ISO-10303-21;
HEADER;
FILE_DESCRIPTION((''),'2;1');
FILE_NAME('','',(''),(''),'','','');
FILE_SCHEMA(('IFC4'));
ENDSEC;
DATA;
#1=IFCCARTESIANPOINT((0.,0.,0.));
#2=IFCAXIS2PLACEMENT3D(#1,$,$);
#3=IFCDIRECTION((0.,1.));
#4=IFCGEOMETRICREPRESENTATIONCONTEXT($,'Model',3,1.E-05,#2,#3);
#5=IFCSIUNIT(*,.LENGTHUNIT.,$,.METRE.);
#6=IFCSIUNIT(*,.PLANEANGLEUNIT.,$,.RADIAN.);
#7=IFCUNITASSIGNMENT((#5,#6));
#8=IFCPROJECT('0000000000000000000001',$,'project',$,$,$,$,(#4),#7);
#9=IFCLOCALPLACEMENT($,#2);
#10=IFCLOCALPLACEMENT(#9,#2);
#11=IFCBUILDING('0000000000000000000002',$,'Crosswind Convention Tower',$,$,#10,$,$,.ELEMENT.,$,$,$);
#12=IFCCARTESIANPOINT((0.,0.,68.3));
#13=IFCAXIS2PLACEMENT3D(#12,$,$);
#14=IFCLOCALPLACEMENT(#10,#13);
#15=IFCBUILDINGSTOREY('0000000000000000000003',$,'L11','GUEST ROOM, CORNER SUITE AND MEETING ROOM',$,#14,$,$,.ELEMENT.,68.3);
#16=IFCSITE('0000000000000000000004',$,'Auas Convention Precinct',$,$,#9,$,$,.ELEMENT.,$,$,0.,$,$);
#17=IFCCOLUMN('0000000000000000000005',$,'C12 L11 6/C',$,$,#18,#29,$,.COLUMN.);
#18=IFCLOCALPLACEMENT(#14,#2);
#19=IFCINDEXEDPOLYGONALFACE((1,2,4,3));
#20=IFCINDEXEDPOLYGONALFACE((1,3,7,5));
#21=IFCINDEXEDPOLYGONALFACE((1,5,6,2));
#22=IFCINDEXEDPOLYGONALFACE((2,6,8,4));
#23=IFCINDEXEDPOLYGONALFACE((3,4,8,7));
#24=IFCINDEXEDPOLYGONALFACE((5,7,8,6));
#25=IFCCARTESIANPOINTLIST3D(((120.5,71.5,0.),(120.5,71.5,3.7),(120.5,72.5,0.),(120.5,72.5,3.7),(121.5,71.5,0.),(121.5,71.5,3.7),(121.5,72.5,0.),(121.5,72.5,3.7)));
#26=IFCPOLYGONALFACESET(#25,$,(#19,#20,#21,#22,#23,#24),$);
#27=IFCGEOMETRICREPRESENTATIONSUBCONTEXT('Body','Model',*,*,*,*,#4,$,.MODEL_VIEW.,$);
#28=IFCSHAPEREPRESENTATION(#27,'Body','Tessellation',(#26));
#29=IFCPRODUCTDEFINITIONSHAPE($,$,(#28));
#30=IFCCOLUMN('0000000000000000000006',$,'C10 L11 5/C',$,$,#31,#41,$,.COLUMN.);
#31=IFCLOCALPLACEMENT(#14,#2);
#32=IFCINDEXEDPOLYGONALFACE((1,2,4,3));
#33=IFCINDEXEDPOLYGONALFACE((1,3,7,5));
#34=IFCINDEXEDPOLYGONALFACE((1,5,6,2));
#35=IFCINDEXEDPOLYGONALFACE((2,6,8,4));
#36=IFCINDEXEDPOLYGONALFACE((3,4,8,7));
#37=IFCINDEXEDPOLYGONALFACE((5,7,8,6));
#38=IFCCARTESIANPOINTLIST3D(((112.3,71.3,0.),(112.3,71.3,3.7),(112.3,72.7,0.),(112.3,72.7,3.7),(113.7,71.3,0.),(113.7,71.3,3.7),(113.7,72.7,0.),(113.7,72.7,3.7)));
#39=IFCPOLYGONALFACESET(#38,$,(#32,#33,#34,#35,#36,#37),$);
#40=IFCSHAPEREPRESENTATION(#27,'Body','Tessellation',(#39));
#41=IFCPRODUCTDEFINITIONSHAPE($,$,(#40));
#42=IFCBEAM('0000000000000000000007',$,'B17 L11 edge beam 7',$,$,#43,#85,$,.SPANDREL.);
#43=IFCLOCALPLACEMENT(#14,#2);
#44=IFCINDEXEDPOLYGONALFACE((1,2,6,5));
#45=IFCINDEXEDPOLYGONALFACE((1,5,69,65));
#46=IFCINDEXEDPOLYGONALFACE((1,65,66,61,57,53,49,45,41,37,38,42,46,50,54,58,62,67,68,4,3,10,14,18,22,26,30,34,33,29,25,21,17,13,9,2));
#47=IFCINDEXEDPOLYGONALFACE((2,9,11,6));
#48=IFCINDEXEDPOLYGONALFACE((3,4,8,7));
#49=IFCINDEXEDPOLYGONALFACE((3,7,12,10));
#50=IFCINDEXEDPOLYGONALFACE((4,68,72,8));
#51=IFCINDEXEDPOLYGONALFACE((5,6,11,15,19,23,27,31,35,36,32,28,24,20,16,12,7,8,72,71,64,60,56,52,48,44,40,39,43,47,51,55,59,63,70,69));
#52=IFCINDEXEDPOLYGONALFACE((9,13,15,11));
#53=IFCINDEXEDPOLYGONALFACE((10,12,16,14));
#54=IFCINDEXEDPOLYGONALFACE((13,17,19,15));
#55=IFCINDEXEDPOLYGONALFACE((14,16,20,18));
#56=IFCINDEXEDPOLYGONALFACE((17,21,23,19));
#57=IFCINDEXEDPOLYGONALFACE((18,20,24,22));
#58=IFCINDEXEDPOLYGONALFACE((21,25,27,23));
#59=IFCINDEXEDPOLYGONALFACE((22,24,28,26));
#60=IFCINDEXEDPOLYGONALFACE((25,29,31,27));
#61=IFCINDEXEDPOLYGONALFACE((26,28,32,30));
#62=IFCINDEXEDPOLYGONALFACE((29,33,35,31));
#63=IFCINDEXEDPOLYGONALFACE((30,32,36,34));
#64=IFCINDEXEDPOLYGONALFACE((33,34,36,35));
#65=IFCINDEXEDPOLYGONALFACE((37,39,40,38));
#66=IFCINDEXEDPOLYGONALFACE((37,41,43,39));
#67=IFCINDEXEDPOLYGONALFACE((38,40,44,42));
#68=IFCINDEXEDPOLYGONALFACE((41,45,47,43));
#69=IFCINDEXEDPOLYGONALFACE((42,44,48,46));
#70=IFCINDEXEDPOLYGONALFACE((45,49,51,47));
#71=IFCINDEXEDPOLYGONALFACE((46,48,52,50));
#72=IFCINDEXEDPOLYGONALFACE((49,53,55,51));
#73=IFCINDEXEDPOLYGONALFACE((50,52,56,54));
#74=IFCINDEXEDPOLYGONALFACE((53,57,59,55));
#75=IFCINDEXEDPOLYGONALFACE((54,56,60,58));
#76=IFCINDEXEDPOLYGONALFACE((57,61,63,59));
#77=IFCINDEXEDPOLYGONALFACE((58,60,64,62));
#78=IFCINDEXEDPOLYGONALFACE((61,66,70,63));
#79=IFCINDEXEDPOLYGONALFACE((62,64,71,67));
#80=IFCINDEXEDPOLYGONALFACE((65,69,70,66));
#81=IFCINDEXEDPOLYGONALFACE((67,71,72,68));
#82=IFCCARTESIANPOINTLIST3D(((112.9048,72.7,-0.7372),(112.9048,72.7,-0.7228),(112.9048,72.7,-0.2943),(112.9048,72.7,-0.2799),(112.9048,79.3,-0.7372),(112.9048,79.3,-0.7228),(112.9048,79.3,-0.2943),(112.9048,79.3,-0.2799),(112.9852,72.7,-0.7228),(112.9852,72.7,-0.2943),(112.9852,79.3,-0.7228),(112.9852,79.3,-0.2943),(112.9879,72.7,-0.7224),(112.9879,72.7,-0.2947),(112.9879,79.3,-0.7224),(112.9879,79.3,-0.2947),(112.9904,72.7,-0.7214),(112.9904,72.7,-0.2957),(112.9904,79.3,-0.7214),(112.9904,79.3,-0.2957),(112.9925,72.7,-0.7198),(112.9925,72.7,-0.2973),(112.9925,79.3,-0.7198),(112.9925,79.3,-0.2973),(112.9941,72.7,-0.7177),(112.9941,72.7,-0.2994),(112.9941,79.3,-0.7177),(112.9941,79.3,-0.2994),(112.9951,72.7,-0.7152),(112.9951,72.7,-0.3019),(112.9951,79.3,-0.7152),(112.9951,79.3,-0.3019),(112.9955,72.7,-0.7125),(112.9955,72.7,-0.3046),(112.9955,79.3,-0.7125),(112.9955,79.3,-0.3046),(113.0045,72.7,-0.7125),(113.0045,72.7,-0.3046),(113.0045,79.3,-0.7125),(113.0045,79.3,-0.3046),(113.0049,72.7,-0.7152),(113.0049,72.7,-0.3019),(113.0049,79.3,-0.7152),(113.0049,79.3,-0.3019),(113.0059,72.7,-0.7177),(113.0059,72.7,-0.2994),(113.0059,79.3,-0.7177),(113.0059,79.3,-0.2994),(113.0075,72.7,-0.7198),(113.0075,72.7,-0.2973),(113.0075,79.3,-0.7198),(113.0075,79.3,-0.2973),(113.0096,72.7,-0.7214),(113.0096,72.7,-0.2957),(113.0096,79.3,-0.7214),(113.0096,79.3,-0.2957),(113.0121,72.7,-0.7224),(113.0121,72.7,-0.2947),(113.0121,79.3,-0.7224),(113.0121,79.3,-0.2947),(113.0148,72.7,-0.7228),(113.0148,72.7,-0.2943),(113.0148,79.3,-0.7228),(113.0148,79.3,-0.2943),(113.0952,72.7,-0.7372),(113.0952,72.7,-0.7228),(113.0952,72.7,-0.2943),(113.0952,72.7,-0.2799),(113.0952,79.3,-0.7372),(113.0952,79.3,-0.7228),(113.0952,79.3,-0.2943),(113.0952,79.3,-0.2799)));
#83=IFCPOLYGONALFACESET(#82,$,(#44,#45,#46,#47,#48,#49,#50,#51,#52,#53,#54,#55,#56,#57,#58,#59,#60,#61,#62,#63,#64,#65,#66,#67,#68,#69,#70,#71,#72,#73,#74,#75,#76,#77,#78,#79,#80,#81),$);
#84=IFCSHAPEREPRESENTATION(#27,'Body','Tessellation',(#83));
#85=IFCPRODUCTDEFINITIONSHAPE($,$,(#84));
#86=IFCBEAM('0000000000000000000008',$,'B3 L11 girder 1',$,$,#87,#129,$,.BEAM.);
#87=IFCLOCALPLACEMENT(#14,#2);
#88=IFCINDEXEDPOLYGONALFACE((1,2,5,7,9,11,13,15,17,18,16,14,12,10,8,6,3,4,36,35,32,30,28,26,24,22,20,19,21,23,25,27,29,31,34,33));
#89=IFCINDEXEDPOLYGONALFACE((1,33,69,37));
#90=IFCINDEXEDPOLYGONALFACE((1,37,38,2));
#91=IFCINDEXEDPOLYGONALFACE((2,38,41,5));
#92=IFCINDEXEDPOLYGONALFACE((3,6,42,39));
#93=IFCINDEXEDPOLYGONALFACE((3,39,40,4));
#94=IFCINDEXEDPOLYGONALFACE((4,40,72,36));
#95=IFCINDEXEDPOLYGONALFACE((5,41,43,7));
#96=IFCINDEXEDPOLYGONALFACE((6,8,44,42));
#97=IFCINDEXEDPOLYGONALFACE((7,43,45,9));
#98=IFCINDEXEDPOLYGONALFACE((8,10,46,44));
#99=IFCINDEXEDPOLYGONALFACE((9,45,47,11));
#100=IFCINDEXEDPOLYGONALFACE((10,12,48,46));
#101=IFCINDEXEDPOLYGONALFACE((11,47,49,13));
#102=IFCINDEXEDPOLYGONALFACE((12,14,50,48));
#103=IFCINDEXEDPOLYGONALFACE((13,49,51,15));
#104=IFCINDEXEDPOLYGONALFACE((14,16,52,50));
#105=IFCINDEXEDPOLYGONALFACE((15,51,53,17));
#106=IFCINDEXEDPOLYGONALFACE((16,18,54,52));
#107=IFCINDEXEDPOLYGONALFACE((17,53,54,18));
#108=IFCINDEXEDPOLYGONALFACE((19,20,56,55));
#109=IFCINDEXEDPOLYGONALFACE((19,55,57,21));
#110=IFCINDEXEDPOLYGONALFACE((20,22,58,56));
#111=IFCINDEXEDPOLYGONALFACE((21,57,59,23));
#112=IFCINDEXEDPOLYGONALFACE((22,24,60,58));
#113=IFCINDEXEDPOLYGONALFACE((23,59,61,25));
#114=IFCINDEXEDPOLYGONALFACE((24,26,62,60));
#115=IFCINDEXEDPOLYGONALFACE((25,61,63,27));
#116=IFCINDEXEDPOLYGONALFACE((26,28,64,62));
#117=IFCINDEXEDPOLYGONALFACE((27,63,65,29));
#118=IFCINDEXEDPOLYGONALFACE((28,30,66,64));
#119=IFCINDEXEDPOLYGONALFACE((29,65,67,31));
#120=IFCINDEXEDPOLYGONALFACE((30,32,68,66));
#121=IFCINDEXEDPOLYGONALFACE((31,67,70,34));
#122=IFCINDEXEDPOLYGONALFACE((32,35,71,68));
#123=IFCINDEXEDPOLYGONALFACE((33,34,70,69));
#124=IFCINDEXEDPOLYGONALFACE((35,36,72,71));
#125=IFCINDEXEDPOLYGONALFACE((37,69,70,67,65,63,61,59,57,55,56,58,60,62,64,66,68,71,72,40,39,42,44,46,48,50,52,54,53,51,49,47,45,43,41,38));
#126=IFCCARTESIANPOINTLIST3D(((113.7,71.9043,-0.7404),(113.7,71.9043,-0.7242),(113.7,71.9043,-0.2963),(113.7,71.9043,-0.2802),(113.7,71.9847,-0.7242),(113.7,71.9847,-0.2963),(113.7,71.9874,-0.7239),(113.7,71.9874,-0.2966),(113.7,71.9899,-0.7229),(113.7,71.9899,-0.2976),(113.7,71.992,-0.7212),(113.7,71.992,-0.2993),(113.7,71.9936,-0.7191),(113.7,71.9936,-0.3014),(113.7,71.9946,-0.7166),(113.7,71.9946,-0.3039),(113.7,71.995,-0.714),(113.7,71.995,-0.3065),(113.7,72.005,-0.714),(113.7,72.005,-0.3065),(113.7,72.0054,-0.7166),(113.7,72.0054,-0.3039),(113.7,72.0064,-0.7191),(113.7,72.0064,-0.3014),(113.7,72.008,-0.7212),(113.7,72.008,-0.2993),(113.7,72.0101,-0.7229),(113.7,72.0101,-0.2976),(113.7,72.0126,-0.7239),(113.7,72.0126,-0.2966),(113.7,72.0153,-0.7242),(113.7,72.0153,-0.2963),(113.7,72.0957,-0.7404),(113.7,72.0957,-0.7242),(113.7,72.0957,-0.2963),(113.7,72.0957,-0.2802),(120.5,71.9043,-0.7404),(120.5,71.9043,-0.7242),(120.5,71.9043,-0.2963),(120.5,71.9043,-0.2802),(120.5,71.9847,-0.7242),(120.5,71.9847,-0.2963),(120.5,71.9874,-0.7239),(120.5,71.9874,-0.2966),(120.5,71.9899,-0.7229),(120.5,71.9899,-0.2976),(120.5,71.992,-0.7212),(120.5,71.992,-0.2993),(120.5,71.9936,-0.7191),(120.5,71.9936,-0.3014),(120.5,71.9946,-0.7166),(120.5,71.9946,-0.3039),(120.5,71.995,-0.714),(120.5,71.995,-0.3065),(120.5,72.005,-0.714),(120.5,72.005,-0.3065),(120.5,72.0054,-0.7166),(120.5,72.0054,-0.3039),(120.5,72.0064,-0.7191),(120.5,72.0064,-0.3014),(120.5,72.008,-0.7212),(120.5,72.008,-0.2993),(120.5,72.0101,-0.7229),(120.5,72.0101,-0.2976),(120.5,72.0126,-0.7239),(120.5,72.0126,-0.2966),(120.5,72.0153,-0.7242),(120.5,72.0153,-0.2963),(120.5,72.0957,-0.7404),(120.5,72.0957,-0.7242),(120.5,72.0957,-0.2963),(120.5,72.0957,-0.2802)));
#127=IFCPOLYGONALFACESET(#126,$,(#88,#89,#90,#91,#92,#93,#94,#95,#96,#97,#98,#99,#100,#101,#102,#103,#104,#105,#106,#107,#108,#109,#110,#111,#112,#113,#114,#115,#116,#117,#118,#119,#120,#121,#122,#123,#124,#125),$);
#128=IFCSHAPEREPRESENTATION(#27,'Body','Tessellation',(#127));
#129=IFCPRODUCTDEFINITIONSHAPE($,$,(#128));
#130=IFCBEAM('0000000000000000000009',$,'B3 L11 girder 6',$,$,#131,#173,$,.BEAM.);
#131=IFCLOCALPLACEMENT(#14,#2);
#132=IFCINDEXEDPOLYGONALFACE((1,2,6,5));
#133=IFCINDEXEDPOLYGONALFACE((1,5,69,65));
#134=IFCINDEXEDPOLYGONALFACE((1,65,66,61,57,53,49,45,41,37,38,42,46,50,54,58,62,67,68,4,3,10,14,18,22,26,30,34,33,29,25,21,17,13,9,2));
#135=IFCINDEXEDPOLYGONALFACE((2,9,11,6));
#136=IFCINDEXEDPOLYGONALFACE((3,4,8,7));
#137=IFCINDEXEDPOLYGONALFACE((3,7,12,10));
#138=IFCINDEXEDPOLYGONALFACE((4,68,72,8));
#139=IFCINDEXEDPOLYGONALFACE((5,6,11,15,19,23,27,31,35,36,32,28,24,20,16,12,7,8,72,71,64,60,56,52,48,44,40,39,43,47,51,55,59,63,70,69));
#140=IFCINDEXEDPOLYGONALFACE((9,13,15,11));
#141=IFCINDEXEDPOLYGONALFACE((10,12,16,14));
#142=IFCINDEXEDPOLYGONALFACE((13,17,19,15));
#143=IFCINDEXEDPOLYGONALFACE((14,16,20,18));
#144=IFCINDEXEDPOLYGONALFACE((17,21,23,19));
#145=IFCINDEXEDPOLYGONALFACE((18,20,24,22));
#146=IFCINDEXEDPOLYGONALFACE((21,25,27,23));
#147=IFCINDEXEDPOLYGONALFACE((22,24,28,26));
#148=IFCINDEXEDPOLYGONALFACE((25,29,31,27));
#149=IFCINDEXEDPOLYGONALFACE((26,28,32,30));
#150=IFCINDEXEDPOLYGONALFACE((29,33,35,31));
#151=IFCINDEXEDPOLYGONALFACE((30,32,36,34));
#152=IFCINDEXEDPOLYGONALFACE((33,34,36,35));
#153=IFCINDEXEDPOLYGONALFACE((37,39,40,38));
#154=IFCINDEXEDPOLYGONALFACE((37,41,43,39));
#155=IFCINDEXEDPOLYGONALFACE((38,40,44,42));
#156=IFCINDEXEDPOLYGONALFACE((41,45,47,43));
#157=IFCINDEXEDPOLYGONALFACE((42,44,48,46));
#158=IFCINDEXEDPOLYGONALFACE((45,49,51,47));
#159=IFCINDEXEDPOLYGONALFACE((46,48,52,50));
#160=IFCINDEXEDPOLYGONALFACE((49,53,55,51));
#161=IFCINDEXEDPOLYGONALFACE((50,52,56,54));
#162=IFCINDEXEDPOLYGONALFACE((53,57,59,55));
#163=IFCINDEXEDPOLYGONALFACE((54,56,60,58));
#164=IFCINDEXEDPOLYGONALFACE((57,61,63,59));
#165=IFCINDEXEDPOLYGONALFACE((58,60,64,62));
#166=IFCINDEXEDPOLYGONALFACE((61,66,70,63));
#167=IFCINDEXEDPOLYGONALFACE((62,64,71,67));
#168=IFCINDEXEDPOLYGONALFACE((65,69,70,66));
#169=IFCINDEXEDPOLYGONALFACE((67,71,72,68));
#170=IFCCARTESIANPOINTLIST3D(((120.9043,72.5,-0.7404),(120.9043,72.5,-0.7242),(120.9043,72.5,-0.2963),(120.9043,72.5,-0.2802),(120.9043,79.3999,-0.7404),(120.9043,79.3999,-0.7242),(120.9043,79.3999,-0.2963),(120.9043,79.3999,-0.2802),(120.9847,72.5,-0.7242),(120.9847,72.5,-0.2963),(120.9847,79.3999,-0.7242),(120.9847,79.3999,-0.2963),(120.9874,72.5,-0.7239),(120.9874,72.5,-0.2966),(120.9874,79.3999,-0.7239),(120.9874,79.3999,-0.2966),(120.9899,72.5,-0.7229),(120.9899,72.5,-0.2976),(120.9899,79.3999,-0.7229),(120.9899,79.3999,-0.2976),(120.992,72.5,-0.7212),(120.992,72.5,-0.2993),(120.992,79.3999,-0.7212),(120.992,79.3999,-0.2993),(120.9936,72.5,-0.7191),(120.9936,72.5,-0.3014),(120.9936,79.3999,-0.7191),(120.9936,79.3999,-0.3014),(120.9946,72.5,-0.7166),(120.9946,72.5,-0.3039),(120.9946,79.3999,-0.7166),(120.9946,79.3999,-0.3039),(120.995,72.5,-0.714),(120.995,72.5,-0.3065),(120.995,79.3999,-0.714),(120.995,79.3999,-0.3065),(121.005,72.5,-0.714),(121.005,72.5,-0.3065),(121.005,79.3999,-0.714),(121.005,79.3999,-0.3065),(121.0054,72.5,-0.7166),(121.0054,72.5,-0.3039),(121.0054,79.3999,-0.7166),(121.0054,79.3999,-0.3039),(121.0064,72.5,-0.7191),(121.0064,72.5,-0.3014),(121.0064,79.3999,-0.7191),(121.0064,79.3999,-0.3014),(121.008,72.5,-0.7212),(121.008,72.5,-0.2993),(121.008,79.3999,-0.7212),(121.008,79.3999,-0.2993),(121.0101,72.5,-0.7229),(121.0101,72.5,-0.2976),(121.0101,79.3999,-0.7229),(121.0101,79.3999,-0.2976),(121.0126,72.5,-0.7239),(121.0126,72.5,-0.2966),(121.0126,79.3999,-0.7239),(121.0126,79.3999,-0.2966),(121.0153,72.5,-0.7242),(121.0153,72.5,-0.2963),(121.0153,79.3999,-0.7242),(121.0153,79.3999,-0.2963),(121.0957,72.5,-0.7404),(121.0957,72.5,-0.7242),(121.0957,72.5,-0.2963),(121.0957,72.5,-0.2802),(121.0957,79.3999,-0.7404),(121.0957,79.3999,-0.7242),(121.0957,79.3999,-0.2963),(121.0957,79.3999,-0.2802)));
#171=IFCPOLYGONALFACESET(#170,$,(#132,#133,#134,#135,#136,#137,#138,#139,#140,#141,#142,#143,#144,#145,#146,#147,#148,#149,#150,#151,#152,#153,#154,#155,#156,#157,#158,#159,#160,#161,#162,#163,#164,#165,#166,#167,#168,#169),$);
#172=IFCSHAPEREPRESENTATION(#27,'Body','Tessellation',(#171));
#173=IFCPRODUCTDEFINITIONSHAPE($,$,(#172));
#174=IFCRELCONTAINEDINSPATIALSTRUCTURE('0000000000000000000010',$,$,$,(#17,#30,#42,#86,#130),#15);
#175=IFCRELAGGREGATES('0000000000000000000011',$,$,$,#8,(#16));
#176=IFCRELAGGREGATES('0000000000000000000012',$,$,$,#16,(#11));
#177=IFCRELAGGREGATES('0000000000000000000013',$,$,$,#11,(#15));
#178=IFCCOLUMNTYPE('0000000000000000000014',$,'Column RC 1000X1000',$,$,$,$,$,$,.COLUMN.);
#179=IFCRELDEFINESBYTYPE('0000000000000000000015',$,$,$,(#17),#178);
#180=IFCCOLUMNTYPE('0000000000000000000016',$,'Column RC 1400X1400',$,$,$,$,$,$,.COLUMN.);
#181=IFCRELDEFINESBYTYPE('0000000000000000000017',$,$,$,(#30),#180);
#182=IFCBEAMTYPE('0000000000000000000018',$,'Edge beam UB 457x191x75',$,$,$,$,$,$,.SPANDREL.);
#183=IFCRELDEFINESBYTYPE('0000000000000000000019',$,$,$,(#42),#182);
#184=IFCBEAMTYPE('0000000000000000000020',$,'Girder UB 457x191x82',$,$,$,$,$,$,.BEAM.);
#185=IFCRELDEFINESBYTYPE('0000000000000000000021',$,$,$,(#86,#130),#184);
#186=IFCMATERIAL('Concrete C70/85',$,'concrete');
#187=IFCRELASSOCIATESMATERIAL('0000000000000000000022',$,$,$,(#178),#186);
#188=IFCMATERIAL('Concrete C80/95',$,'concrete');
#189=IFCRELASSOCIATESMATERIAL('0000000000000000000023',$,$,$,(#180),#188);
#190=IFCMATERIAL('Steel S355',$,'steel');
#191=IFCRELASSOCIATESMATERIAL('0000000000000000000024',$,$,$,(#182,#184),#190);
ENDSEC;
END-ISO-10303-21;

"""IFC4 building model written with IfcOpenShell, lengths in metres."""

from ifc_helpers import new_model, si_unit, direction, frame, origin, origin_2d, place, context, subcontext, project, spatial, rectangle, i_section, extrude, material, material_profile, profile_set, type_object, element, save


model = new_model("IFC4")

# Units and contexts
model_context = context("Model", 3, precision=1e-05, world=origin(), true_north=direction((0.0, 1.0)))
body_context = subcontext(model_context, "Body", "Model", "MODEL_VIEW")
ifc_project = project(units=[si_unit("LENGTHUNIT", "METRE"), si_unit("PLANEANGLEUNIT", "RADIAN")], contexts=[model_context])

# Site, building, storey
site_placement = place(None, origin())
site = spatial("IfcSite", under=ifc_project, at=site_placement, Name="Auas Convention Precinct", CompositionType="ELEMENT", RefElevation=0.0)
building_placement = place(site_placement, origin())
building = spatial("IfcBuilding", under=site, at=building_placement, Name="Crosswind Convention Tower", CompositionType="ELEMENT")
storey_placement = place(building_placement, frame((0.0, 0.0, 68.3)))
storey = spatial("IfcBuildingStorey", under=building, at=storey_placement, Name="L11", Description="GUEST ROOM, CORNER SUITE AND MEETING ROOM", CompositionType="ELEMENT", Elevation=68.3)

# Columns
ifc_material_1 = material(Name="Concrete C70/85", Category="concrete")
ifc_material_profile_1 = material_profile(ifc_material_1, rectangle(XDim=1.0, YDim=1.0, at=origin_2d()), Name="RC 1000X1000")
ifc_profile_set_1 = profile_set([ifc_material_profile_1], Name="Concrete C70/85")
column_type_1 = type_object("IfcColumnType", Name="Column RC 1000X1000", PredefinedType="COLUMN", material=ifc_profile_set_1)
column_1_placement = place(storey_placement, frame((121.0, 72.0, 0.0), z_axis=(0.0, 0.0, 1.0), x_axis=(1.0, 0.0, 0.0)))
element("IfcColumn", 1, at=column_1_placement, inside=storey, type_object=column_type_1, Name="C12 L11 6/C", PredefinedType="COLUMN", context=body_context, shape_type="SweptSolid", body=[
    extrude(rectangle(XDim=1.0, YDim=1.0, at=origin_2d()), origin(), (0.0, 0.0, 1.0), 3.7),
])
ifc_material_2 = material(Name="Concrete C80/95", Category="concrete")
ifc_material_profile_2 = material_profile(ifc_material_2, rectangle(XDim=1.3999, YDim=1.3999, at=origin_2d()), Name="RC 1400X1400")
ifc_profile_set_2 = profile_set([ifc_material_profile_2], Name="Concrete C80/95")
column_type_2 = type_object("IfcColumnType", Name="Column RC 1400X1400", PredefinedType="COLUMN", material=ifc_profile_set_2)
column_2_placement = place(storey_placement, frame((113.0, 72.0, 0.0), z_axis=(0.0, 0.0, 1.0), x_axis=(1.0, 0.0, 0.0)))
element("IfcColumn", 2, at=column_2_placement, inside=storey, type_object=column_type_2, Name="C10 L11 5/C", PredefinedType="COLUMN", context=body_context, shape_type="SweptSolid", body=[
    extrude(rectangle(XDim=1.3999, YDim=1.3999, at=origin_2d()), origin(), (0.0, 0.0, 1.0), 3.7),
])

# Beams
ifc_material_3 = material(Name="Steel S355", Category="steel")
ifc_material_profile_3 = material_profile(ifc_material_3, i_section(OverallWidth=0.1904, OverallDepth=0.4573, WebThickness=0.009, FlangeThickness=0.0144, FilletRadius=0.0103, at=origin_2d()), Name="UB 457x191x75")
ifc_profile_set_3 = profile_set([ifc_material_profile_3], Name="Steel S355")
beam_type_1 = type_object("IfcBeamType", Name="Edge beam UB 457x191x75", PredefinedType="SPANDREL", material=ifc_profile_set_3)
beam_1_placement = place(storey_placement, frame((113.0, 72.7, -0.5085), z_axis=(0.0, 1.0, 0.0), x_axis=(-1.0, 0.0, 0.0)))
element("IfcBeam", 3, at=beam_1_placement, inside=storey, type_object=beam_type_1, Name="B17 L11 edge beam 7", PredefinedType="SPANDREL", context=body_context, shape_type="SweptSolid", body=[
    extrude(i_section(OverallWidth=0.1904, OverallDepth=0.4573, WebThickness=0.009, FlangeThickness=0.0144, FilletRadius=0.0103, at=origin_2d()), origin(), (0.0, 0.0, 1.0), 6.6001),
])
ifc_material_profile_4 = material_profile(ifc_material_3, i_section(OverallWidth=0.1914, OverallDepth=0.4602, WebThickness=0.01, FlangeThickness=0.0161, FilletRadius=0.0103, at=origin_2d()), Name="UB 457x191x82")
ifc_profile_set_4 = profile_set([ifc_material_profile_4], Name="Steel S355")
beam_type_2 = type_object("IfcBeamType", Name="Girder UB 457x191x82", PredefinedType="BEAM", material=ifc_profile_set_4)
beam_2_placement = place(storey_placement, frame((113.7, 72.0, -0.5103), z_axis=(1.0, 0.0, 0.0), x_axis=(0.0, 1.0, 0.0)))
element("IfcBeam", 4, at=beam_2_placement, inside=storey, type_object=beam_type_2, Name="B3 L11 girder 1", PredefinedType="BEAM", context=body_context, shape_type="SweptSolid", body=[
    extrude(i_section(OverallWidth=0.1914, OverallDepth=0.4602, WebThickness=0.01, FlangeThickness=0.0161, FilletRadius=0.0103, at=origin_2d()), origin(), (0.0, 0.0, 1.0), 6.8),
])
beam_3_placement = place(storey_placement, frame((121.0, 72.5, -0.5103), z_axis=(0.0, 1.0, 0.0), x_axis=(-1.0, 0.0, 0.0)))
element("IfcBeam", 5, at=beam_3_placement, inside=storey, type_object=beam_type_2, Name="B3 L11 girder 6", PredefinedType="BEAM", context=body_context, shape_type="SweptSolid", body=[
    extrude(i_section(OverallWidth=0.1914, OverallDepth=0.4602, WebThickness=0.01, FlangeThickness=0.0161, FilletRadius=0.0103, at=origin_2d()), origin(), (0.0, 0.0, 1.0), 6.8999),
])

save(model, "model.ifc")
